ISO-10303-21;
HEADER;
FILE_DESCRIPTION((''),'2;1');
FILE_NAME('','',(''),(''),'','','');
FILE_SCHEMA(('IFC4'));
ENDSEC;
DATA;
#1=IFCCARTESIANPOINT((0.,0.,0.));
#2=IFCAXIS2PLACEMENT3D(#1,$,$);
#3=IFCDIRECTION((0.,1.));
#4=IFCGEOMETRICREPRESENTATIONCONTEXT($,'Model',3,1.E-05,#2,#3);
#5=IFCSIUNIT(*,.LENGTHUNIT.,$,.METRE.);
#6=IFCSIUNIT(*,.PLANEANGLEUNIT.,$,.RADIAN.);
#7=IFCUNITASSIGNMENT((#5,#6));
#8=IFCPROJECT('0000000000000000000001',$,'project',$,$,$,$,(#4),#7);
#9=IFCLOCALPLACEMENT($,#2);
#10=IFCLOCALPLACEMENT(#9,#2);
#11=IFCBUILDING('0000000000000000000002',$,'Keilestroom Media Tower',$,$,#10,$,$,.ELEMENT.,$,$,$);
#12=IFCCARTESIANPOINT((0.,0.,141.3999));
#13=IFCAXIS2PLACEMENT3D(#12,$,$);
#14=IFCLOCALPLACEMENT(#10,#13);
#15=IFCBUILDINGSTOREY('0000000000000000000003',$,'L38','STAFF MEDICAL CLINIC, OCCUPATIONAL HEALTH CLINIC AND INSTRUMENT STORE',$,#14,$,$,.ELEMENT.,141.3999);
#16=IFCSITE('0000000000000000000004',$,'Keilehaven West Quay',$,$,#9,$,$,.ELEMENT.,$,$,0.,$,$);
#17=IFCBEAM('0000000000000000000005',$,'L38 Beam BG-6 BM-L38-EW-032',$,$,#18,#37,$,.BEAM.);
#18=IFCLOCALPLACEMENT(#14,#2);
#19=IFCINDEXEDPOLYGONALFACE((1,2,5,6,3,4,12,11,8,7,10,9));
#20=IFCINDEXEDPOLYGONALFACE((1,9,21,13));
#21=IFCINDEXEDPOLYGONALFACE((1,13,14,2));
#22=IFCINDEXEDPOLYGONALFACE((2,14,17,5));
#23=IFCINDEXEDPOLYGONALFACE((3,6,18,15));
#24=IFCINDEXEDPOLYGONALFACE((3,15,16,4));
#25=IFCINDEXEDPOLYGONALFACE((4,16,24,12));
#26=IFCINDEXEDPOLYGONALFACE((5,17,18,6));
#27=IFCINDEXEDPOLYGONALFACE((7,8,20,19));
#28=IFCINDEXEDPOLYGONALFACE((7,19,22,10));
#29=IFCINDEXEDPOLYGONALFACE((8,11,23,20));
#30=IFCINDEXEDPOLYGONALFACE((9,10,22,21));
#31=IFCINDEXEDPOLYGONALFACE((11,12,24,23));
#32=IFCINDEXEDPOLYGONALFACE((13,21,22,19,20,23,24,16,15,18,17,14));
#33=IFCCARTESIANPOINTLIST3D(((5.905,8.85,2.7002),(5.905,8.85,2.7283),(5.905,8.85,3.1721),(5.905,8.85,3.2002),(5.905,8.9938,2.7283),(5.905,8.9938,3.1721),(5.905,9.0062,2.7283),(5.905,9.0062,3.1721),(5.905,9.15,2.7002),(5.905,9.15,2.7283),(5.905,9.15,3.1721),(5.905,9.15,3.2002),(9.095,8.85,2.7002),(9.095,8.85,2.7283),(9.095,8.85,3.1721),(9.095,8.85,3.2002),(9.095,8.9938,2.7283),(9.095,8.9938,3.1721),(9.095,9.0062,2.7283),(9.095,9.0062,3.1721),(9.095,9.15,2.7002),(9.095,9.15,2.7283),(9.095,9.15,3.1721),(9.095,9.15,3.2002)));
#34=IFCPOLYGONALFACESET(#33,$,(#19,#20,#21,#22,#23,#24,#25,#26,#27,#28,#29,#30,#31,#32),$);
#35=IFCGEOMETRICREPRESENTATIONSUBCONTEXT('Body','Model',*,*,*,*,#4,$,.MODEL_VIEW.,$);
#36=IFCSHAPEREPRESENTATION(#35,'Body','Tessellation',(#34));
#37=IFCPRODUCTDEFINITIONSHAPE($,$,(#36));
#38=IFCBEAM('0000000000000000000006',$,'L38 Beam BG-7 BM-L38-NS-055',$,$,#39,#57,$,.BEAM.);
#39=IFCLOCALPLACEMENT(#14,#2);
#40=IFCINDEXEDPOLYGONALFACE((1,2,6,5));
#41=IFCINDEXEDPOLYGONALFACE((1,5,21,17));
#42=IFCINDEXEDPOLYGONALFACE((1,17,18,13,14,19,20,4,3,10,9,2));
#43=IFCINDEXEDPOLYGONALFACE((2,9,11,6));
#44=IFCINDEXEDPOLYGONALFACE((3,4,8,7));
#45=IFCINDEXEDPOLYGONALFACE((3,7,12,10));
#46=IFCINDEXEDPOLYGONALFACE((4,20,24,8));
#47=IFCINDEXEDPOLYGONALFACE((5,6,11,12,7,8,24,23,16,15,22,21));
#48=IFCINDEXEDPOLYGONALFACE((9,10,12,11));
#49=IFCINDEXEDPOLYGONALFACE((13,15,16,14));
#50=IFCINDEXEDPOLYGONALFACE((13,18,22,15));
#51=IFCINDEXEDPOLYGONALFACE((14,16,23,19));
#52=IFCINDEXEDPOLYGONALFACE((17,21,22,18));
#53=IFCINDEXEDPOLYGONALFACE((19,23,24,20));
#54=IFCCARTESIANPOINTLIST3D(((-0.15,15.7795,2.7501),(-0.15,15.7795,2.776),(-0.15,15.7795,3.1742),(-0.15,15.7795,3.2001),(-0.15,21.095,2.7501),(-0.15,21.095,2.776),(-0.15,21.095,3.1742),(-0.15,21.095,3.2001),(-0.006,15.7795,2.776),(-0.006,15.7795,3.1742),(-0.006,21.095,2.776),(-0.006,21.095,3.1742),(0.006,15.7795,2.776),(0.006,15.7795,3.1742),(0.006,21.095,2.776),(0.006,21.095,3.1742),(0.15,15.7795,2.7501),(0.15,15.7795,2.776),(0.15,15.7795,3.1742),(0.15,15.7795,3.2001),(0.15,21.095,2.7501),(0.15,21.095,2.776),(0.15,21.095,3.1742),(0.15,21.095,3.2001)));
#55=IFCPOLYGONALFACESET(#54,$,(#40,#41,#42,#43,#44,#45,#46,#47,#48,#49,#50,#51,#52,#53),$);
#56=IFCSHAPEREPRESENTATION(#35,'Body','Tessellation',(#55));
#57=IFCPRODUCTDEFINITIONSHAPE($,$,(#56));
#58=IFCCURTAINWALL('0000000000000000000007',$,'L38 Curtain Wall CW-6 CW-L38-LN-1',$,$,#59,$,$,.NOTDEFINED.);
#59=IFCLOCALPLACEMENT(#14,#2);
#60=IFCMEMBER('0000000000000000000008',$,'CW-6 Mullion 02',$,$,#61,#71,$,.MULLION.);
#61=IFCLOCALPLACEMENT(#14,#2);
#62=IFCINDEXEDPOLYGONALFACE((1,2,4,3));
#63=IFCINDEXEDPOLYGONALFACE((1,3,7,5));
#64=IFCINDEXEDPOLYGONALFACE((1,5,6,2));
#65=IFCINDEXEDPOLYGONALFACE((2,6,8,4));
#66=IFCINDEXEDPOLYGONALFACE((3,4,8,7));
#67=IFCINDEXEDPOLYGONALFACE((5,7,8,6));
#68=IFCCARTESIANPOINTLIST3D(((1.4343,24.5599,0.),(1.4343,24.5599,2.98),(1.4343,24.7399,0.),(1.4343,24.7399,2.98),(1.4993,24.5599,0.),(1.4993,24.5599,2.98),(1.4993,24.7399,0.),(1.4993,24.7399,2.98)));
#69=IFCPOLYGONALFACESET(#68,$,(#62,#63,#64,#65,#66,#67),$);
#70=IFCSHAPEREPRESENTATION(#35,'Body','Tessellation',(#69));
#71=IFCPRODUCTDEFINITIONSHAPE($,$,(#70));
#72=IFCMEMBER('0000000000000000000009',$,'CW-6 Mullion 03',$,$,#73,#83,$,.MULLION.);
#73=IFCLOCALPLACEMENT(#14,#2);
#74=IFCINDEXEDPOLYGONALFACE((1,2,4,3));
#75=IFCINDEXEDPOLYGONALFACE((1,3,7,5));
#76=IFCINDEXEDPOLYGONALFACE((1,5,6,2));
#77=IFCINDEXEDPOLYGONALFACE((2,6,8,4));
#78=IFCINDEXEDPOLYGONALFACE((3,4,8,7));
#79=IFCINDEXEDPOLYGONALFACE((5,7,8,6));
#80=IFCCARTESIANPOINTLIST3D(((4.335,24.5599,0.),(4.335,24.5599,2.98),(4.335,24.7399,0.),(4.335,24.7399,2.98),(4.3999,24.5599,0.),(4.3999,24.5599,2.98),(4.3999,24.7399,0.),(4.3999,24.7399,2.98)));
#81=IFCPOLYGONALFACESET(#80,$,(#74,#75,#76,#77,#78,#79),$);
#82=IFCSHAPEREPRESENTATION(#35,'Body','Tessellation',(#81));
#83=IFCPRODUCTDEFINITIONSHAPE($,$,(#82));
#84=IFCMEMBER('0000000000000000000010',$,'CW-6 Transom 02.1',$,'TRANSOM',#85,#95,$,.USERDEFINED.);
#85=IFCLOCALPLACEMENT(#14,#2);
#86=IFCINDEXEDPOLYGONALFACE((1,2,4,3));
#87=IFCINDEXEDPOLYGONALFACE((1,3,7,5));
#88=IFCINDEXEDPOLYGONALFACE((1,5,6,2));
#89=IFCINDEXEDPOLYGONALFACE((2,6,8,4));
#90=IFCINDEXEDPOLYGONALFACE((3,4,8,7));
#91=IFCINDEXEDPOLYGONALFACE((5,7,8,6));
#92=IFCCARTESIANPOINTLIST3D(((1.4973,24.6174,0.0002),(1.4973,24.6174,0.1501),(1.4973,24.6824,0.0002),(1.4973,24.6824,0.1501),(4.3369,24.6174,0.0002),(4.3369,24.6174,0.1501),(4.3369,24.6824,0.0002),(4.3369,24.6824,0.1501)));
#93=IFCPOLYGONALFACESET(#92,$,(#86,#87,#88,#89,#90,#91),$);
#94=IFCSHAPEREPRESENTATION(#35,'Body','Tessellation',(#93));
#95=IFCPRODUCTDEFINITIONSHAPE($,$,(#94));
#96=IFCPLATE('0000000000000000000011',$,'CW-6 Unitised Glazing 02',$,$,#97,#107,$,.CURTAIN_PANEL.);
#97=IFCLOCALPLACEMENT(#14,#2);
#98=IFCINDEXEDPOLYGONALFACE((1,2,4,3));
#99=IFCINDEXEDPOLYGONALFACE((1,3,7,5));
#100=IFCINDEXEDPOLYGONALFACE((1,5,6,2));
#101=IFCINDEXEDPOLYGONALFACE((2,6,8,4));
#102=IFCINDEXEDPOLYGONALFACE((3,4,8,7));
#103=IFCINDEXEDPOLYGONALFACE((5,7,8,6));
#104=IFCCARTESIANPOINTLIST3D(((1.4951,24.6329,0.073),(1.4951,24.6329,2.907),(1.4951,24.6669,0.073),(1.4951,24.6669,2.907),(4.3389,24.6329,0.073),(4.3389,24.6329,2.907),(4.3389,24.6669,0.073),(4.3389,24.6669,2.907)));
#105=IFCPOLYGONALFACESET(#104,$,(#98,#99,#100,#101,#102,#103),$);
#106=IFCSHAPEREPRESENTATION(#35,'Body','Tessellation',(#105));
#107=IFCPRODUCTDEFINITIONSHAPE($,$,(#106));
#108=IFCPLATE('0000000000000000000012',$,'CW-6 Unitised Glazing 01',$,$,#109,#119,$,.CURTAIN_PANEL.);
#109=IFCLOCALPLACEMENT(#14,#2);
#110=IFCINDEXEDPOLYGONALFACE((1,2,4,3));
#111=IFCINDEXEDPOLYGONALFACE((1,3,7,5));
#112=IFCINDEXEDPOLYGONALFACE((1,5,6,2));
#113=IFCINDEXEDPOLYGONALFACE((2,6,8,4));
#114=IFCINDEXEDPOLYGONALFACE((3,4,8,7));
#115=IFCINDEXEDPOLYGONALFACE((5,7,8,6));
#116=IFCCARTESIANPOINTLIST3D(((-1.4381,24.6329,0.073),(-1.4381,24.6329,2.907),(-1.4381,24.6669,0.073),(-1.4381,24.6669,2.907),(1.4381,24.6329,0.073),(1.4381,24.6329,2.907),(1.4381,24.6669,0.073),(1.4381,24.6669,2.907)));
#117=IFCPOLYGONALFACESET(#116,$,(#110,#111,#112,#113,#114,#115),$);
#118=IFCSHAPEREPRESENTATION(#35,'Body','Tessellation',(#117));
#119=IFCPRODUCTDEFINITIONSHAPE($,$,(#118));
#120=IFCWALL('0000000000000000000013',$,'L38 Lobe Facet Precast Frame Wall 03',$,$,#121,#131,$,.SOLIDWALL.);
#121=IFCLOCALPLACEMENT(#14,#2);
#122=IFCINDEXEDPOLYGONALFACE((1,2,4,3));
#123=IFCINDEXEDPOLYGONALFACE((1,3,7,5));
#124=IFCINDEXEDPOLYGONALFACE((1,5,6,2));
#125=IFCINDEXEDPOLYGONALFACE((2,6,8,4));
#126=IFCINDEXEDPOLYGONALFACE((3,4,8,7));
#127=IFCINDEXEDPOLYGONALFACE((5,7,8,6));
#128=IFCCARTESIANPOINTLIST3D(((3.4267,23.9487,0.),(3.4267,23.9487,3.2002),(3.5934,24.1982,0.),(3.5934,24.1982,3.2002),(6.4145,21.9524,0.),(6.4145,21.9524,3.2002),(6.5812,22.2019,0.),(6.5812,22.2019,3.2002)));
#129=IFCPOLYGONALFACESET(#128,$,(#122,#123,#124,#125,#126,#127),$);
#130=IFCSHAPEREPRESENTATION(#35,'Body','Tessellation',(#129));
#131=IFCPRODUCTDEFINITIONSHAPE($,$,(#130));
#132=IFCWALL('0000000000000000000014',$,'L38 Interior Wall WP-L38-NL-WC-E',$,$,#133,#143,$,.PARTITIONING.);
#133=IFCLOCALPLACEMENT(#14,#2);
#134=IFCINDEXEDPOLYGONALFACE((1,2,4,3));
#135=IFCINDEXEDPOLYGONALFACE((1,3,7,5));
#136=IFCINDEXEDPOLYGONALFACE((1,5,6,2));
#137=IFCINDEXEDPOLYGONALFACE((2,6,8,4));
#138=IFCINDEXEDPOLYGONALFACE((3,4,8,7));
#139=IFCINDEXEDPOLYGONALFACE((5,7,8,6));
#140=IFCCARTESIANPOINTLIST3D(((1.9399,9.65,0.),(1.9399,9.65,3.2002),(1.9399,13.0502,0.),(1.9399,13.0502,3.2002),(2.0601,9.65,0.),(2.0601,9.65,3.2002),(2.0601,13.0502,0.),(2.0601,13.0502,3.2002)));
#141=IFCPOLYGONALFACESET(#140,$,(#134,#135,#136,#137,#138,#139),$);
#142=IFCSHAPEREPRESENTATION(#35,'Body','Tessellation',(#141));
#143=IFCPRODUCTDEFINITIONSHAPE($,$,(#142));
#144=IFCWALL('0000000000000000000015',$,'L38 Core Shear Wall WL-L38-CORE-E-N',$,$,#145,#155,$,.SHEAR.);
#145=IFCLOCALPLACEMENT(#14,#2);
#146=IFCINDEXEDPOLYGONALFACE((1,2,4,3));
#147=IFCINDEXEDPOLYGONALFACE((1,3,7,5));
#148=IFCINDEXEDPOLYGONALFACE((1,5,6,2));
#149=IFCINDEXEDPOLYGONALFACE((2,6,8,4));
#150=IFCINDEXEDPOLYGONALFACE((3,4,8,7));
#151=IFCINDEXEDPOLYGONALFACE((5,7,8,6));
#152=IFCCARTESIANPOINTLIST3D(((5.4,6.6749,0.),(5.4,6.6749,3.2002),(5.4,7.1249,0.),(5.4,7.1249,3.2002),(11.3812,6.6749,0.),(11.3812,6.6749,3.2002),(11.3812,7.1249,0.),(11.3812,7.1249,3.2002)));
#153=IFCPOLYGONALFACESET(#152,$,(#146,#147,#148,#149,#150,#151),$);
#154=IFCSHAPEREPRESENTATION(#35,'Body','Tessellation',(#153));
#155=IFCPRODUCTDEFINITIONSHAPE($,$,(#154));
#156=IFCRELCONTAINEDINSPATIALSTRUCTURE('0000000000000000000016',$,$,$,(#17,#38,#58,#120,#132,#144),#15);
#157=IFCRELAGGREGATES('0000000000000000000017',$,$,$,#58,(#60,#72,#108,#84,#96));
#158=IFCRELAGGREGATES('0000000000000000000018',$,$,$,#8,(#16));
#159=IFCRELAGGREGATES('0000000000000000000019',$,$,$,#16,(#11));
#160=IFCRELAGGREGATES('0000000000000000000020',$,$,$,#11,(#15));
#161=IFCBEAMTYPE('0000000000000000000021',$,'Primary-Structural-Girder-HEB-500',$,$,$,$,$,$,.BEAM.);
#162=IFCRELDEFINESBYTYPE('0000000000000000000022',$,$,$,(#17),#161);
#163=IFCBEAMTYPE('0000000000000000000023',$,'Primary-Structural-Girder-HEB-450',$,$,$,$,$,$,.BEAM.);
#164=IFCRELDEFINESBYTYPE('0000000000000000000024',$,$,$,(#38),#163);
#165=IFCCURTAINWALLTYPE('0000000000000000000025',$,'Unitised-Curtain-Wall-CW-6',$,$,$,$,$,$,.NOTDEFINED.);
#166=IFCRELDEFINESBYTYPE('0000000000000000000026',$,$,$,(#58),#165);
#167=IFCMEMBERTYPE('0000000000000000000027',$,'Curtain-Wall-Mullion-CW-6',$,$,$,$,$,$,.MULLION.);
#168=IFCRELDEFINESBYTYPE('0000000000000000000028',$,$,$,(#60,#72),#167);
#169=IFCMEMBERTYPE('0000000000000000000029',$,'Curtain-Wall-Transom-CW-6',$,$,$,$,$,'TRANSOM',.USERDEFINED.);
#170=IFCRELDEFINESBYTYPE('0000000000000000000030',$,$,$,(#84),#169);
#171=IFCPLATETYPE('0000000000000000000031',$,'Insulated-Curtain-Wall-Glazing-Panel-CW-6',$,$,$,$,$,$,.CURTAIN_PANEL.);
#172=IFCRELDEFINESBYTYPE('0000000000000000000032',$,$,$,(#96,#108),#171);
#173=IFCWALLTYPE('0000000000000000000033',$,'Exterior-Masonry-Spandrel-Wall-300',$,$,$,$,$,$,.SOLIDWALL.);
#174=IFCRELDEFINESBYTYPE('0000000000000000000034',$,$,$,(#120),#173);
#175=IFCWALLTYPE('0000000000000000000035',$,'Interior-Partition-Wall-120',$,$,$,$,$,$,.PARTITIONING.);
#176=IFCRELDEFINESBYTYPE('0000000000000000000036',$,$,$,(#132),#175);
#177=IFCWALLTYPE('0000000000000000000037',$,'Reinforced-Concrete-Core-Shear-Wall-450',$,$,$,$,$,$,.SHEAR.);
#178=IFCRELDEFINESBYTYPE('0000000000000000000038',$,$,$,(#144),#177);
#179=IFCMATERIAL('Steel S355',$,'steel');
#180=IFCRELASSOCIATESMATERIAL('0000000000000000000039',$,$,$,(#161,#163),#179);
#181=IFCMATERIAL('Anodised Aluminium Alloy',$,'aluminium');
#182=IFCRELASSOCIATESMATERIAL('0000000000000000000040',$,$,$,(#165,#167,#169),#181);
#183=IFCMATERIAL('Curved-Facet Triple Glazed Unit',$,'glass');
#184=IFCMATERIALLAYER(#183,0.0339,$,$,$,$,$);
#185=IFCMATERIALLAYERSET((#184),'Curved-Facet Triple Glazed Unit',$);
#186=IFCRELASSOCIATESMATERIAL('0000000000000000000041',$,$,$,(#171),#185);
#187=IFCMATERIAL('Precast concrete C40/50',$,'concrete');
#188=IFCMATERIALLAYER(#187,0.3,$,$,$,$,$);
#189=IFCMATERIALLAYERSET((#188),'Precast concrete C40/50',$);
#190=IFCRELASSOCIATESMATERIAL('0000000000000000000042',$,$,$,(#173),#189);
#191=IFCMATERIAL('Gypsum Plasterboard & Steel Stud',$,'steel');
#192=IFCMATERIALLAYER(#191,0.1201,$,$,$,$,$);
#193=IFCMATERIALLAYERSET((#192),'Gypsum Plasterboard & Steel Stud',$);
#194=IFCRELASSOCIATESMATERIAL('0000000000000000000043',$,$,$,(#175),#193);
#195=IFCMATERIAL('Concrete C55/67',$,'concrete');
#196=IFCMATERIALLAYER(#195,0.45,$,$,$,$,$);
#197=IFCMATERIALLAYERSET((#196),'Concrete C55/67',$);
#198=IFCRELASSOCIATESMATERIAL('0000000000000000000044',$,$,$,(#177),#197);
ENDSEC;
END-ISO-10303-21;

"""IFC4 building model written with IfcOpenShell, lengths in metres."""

from ifc_helpers import new_model, si_unit, direction, frame, frame_2d, origin, origin_2d, place, context, subcontext, project, spatial, rectangle, i_section, extrude, source, transform, mapped, material, layer, layer_set, material_profile, profile_set, type_object, element, aggregate, save


model = new_model("IFC4")

# Units and contexts
model_context = context("Model", 3, precision=1e-05, world=origin(), true_north=direction((0.0, 1.0)))
body_context = subcontext(model_context, "Body", "Model", "MODEL_VIEW")
ifc_project = project(units=[si_unit("LENGTHUNIT", "METRE"), si_unit("PLANEANGLEUNIT", "RADIAN")], contexts=[model_context])

# Site, building, storey
site_placement = place(None, origin())
site = spatial("IfcSite", under=ifc_project, at=site_placement, Name="Keilehaven West Quay", CompositionType="ELEMENT", RefElevation=0.0)
building_placement = place(site_placement, origin())
building = spatial("IfcBuilding", under=site, at=building_placement, Name="Keilestroom Media Tower", CompositionType="ELEMENT")
storey_placement = place(building_placement, frame((0.0, 0.0, 141.3999)))
storey = spatial("IfcBuildingStorey", under=building, at=storey_placement, Name="L38", Description="STAFF MEDICAL CLINIC, OCCUPATIONAL HEALTH CLINIC AND INSTRUMENT STORE", CompositionType="ELEMENT", Elevation=141.3999)

# Shared definitions
ifc_material_1 = material(Name="Steel S355", Category="steel")
ifc_material_2 = material(Name="Concrete C55/67", Category="concrete")

# Beams
ifc_material_profile_1 = material_profile(ifc_material_1, i_section(OverallWidth=0.3, OverallDepth=0.5, WebThickness=0.0125, FlangeThickness=0.0281, at=origin_2d()), Name="HEB 500")
ifc_profile_set_1 = profile_set([ifc_material_profile_1], Name="Steel S355")
beam_type_1 = type_object("IfcBeamType", Name="Primary-Structural-Girder-HEB-500", PredefinedType="BEAM", material=ifc_profile_set_1)
shared_shape_1 = source(origin(), body_context, "Body", "SweptSolid", [
    extrude(i_section(OverallWidth=0.3, OverallDepth=0.5, WebThickness=0.0125, FlangeThickness=0.0281, at=origin_2d()), origin(), (0.0, 0.0, 1.0), 3.1899),
])
beam_1_placement = place(storey_placement, frame((5.905, 9.0, 2.9502), z_axis=(1.0, 0.0, 0.0), x_axis=(0.0, 1.0, 0.0)))
element("IfcBeam", 1, at=beam_1_placement, inside=storey, type_object=beam_type_1, Name="L38 Beam BG-6 BM-L38-EW-032", PredefinedType="BEAM", context=body_context, shape_type="MappedRepresentation", body=[
    mapped(shared_shape_1, transform((0.0, 0.0, 0.0), x_axis=(1.0, 0.0, 0.0), y_axis=(0.0, 1.0, 0.0), z_axis=(0.0, 0.0, 1.0), scale=1.0)),
])
ifc_material_profile_2 = material_profile(ifc_material_1, i_section(OverallWidth=0.3, OverallDepth=0.45, WebThickness=0.012, FlangeThickness=0.0259, at=origin_2d()), Name="HEB 450")
ifc_profile_set_2 = profile_set([ifc_material_profile_2], Name="Steel S355")
beam_type_2 = type_object("IfcBeamType", Name="Primary-Structural-Girder-HEB-450", PredefinedType="BEAM", material=ifc_profile_set_2)
shared_shape_2 = source(origin(), body_context, "Body", "SweptSolid", [
    extrude(i_section(OverallWidth=0.3, OverallDepth=0.45, WebThickness=0.012, FlangeThickness=0.0259, at=origin_2d()), origin(), (0.0, 0.0, 1.0), 5.3154),
])
beam_2_placement = place(storey_placement, frame((0.0, 15.7795, 2.9751), z_axis=(0.0, 1.0, 0.0), x_axis=(-1.0, 0.0, 0.0)))
element("IfcBeam", 2, at=beam_2_placement, inside=storey, type_object=beam_type_2, Name="L38 Beam BG-7 BM-L38-NS-055", PredefinedType="BEAM", context=body_context, shape_type="MappedRepresentation", body=[
    mapped(shared_shape_2, transform((0.0, 0.0, 0.0), x_axis=(1.0, 0.0, 0.0), y_axis=(0.0, 1.0, 0.0), z_axis=(0.0, 0.0, 1.0), scale=1.0)),
])

# Curtain wall, members, plates
ifc_material_3 = material(Name="Anodised Aluminium Alloy", Category="aluminium")
curtain_wall_type = type_object("IfcCurtainWallType", Name="Unitised-Curtain-Wall-CW-6", PredefinedType="NOTDEFINED", material=ifc_material_3)
curtain_wall_placement = place(storey_placement, origin())
curtain_wall = element("IfcCurtainWall", 3, at=curtain_wall_placement, inside=storey, type_object=curtain_wall_type, Name="L38 Curtain Wall CW-6 CW-L38-LN-1", PredefinedType="NOTDEFINED")
ifc_material_profile_3 = material_profile(ifc_material_3, rectangle(XDim=0.0649, YDim=0.1799, at=origin_2d()), Name="ALU MULLION 65x180")
ifc_profile_set_3 = profile_set([ifc_material_profile_3], Name="Anodised Aluminium Alloy")
member_type_1 = type_object("IfcMemberType", Name="Curtain-Wall-Mullion-CW-6", PredefinedType="MULLION", material=ifc_profile_set_3)
shared_shape_3 = source(origin(), body_context, "Body", "SweptSolid", [
    extrude(rectangle(XDim=0.0649, YDim=0.1799, at=origin_2d()), origin(), (0.0, 0.0, 1.0), 2.98),
])
member_1_placement = place(storey_placement, frame((1.4668, 24.6499, 0.0), z_axis=(0.0, 0.0, 1.0), x_axis=(1.0, 0.0, 0.0)))
member_1 = element("IfcMember", 4, at=member_1_placement, type_object=member_type_1, Name="CW-6 Mullion 02", PredefinedType="MULLION", context=body_context, shape_type="MappedRepresentation", body=[
    mapped(shared_shape_3, transform((0.0, 0.0, 0.0), x_axis=(1.0, 0.0, 0.0), y_axis=(0.0, 1.0, 0.0), z_axis=(0.0, 0.0, 1.0), scale=1.0)),
])
member_2_placement = place(storey_placement, frame((4.3674, 24.6499, 0.0), z_axis=(0.0, 0.0, 1.0), x_axis=(1.0, 0.0, 0.0)))
member_2 = element("IfcMember", 5, at=member_2_placement, type_object=member_type_1, Name="CW-6 Mullion 03", PredefinedType="MULLION", context=body_context, shape_type="MappedRepresentation", body=[
    mapped(shared_shape_3, transform((0.0, 0.0, 0.0), x_axis=(1.0, 0.0, 0.0), y_axis=(0.0, 1.0, 0.0), z_axis=(0.0, 0.0, 1.0), scale=1.0)),
])
ifc_material_profile_4 = material_profile(ifc_material_3, rectangle(XDim=0.0649, YDim=0.1499, at=origin_2d()), Name="ALU TRANSOM 65x150")
ifc_profile_set_4 = profile_set([ifc_material_profile_4], Name="Anodised Aluminium Alloy")
member_type_2 = type_object("IfcMemberType", Name="Curtain-Wall-Transom-CW-6", ElementType="TRANSOM", PredefinedType="USERDEFINED", material=ifc_profile_set_4)
shared_shape_4 = source(origin(), body_context, "Body", "SweptSolid", [
    extrude(rectangle(XDim=0.0649, YDim=0.1499, at=origin_2d()), origin(), (0.0, 0.0, 1.0), 2.8396),
])
member_3_placement = place(storey_placement, frame((1.4973, 24.6499, 0.0752), z_axis=(1.0, 0.0, 0.0), x_axis=(0.0, 1.0, 0.0)))
member_3 = element("IfcMember", 6, at=member_3_placement, type_object=member_type_2, Name="CW-6 Transom 02.1", ObjectType="TRANSOM", PredefinedType="USERDEFINED", context=body_context, shape_type="MappedRepresentation", body=[
    mapped(shared_shape_4, transform((0.0, 0.0, 0.0), x_axis=(1.0, 0.0, 0.0), y_axis=(0.0, 1.0, 0.0), z_axis=(0.0, 0.0, 1.0), scale=1.0)),
])
ifc_material_4 = material(Name="Curved-Facet Triple Glazed Unit", Category="glass")
ifc_layer_1 = layer(ifc_material_4, 0.0339)
ifc_layer_set_1 = layer_set([ifc_layer_1], Name="Curved-Facet Triple Glazed Unit")
plate_type = type_object("IfcPlateType", Name="Insulated-Curtain-Wall-Glazing-Panel-CW-6", PredefinedType="CURTAIN_PANEL", material=ifc_layer_set_1)
shared_shape_5 = source(origin(), body_context, "Body", "SweptSolid", [
    extrude(rectangle(XDim=2.8438, YDim=0.0339, at=origin_2d()), origin(), (0.0, 0.0, 1.0), 2.834),
])
plate_1_placement = place(storey_placement, frame((2.917, 24.6499, 0.073), z_axis=(0.0, 0.0, 1.0), x_axis=(1.0, 0.0, 0.0)))
plate_1 = element("IfcPlate", 7, at=plate_1_placement, type_object=plate_type, Name="CW-6 Unitised Glazing 02", PredefinedType="CURTAIN_PANEL", context=body_context, shape_type="MappedRepresentation", body=[
    mapped(shared_shape_5, transform((0.0, 0.0, 0.0), x_axis=(1.0, 0.0, 0.0), y_axis=(0.0, 1.0, 0.0), z_axis=(0.0, 0.0, 1.0), scale=1.0)),
])
shared_shape_6 = source(origin(), body_context, "Body", "SweptSolid", [
    extrude(rectangle(XDim=2.8762, YDim=0.0339, at=origin_2d()), origin(), (0.0, 0.0, 1.0), 2.834),
])
plate_2_placement = place(storey_placement, frame((0.0, 24.6499, 0.073), z_axis=(0.0, 0.0, 1.0), x_axis=(1.0, 0.0, 0.0)))
plate_2 = element("IfcPlate", 8, at=plate_2_placement, type_object=plate_type, Name="CW-6 Unitised Glazing 01", PredefinedType="CURTAIN_PANEL", context=body_context, shape_type="MappedRepresentation", body=[
    mapped(shared_shape_6, transform((0.0, 0.0, 0.0), x_axis=(1.0, 0.0, 0.0), y_axis=(0.0, 1.0, 0.0), z_axis=(0.0, 0.0, 1.0), scale=1.0)),
])
aggregate(curtain_wall, [member_1, member_2, plate_2, member_3, plate_1])

# Walls
ifc_material_5 = material(Name="Precast concrete C40/50", Category="concrete")
ifc_layer_2 = layer(ifc_material_5, 0.3)
ifc_layer_set_2 = layer_set([ifc_layer_2], Name="Precast concrete C40/50")
wall_type_1 = type_object("IfcWallType", Name="Exterior-Masonry-Spandrel-Wall-300", PredefinedType="SOLIDWALL", material=ifc_layer_set_2)
wall_1_placement = place(storey_placement, frame((6.4978, 22.0771, 0.0), z_axis=(0.0, 0.0, 1.0), x_axis=(-0.831475, 0.555562, 0.0)))
element("IfcWall", 9, at=wall_1_placement, inside=storey, type_object=wall_type_1, Name="L38 Lobe Facet Precast Frame Wall 03", PredefinedType="SOLIDWALL", context=body_context, shape_type="SweptSolid", body=[
    extrude(rectangle(XDim=3.5933, YDim=0.3, at=frame_2d((1.7966, 0.0))), origin(), (0.0, 0.0, 1.0), 3.2002),
])
ifc_material_6 = material(Name="Gypsum Plasterboard & Steel Stud", Category="steel")
ifc_layer_3 = layer(ifc_material_6, 0.1201)
ifc_layer_set_3 = layer_set([ifc_layer_3], Name="Gypsum Plasterboard & Steel Stud")
wall_type_2 = type_object("IfcWallType", Name="Interior-Partition-Wall-120", PredefinedType="PARTITIONING", material=ifc_layer_set_3)
wall_2_placement = place(storey_placement, frame((2.0, 9.6499, 0.0), z_axis=(0.0, 0.0, 1.0), x_axis=(0.0, 1.0, 0.0)))
element("IfcWall", 10, at=wall_2_placement, inside=storey, type_object=wall_type_2, Name="L38 Interior Wall WP-L38-NL-WC-E", PredefinedType="PARTITIONING", context=body_context, shape_type="SweptSolid", body=[
    extrude(rectangle(XDim=3.4001, YDim=0.1201, at=frame_2d((1.7002, 0.0))), origin(), (0.0, 0.0, 1.0), 3.2002),
])
ifc_layer_4 = layer(ifc_material_2, 0.45)
ifc_layer_set_4 = layer_set([ifc_layer_4], Name="Concrete C55/67")
wall_type_3 = type_object("IfcWallType", Name="Reinforced-Concrete-Core-Shear-Wall-450", PredefinedType="SHEAR", material=ifc_layer_set_4)
wall_3_placement = place(storey_placement, frame((5.3999, 6.8999, 0.0), z_axis=(0.0, 0.0, 1.0), x_axis=(1.0, 0.0, 0.0)))
element("IfcWall", 11, at=wall_3_placement, inside=storey, type_object=wall_type_3, Name="L38 Core Shear Wall WL-L38-CORE-E-N", PredefinedType="SHEAR", context=body_context, shape_type="SweptSolid", body=[
    extrude(rectangle(XDim=5.9812, YDim=0.45, at=frame_2d((2.9907, 0.0))), origin(), (0.0, 0.0, 1.0), 3.2002),
])

save(model, "model.ifc")
